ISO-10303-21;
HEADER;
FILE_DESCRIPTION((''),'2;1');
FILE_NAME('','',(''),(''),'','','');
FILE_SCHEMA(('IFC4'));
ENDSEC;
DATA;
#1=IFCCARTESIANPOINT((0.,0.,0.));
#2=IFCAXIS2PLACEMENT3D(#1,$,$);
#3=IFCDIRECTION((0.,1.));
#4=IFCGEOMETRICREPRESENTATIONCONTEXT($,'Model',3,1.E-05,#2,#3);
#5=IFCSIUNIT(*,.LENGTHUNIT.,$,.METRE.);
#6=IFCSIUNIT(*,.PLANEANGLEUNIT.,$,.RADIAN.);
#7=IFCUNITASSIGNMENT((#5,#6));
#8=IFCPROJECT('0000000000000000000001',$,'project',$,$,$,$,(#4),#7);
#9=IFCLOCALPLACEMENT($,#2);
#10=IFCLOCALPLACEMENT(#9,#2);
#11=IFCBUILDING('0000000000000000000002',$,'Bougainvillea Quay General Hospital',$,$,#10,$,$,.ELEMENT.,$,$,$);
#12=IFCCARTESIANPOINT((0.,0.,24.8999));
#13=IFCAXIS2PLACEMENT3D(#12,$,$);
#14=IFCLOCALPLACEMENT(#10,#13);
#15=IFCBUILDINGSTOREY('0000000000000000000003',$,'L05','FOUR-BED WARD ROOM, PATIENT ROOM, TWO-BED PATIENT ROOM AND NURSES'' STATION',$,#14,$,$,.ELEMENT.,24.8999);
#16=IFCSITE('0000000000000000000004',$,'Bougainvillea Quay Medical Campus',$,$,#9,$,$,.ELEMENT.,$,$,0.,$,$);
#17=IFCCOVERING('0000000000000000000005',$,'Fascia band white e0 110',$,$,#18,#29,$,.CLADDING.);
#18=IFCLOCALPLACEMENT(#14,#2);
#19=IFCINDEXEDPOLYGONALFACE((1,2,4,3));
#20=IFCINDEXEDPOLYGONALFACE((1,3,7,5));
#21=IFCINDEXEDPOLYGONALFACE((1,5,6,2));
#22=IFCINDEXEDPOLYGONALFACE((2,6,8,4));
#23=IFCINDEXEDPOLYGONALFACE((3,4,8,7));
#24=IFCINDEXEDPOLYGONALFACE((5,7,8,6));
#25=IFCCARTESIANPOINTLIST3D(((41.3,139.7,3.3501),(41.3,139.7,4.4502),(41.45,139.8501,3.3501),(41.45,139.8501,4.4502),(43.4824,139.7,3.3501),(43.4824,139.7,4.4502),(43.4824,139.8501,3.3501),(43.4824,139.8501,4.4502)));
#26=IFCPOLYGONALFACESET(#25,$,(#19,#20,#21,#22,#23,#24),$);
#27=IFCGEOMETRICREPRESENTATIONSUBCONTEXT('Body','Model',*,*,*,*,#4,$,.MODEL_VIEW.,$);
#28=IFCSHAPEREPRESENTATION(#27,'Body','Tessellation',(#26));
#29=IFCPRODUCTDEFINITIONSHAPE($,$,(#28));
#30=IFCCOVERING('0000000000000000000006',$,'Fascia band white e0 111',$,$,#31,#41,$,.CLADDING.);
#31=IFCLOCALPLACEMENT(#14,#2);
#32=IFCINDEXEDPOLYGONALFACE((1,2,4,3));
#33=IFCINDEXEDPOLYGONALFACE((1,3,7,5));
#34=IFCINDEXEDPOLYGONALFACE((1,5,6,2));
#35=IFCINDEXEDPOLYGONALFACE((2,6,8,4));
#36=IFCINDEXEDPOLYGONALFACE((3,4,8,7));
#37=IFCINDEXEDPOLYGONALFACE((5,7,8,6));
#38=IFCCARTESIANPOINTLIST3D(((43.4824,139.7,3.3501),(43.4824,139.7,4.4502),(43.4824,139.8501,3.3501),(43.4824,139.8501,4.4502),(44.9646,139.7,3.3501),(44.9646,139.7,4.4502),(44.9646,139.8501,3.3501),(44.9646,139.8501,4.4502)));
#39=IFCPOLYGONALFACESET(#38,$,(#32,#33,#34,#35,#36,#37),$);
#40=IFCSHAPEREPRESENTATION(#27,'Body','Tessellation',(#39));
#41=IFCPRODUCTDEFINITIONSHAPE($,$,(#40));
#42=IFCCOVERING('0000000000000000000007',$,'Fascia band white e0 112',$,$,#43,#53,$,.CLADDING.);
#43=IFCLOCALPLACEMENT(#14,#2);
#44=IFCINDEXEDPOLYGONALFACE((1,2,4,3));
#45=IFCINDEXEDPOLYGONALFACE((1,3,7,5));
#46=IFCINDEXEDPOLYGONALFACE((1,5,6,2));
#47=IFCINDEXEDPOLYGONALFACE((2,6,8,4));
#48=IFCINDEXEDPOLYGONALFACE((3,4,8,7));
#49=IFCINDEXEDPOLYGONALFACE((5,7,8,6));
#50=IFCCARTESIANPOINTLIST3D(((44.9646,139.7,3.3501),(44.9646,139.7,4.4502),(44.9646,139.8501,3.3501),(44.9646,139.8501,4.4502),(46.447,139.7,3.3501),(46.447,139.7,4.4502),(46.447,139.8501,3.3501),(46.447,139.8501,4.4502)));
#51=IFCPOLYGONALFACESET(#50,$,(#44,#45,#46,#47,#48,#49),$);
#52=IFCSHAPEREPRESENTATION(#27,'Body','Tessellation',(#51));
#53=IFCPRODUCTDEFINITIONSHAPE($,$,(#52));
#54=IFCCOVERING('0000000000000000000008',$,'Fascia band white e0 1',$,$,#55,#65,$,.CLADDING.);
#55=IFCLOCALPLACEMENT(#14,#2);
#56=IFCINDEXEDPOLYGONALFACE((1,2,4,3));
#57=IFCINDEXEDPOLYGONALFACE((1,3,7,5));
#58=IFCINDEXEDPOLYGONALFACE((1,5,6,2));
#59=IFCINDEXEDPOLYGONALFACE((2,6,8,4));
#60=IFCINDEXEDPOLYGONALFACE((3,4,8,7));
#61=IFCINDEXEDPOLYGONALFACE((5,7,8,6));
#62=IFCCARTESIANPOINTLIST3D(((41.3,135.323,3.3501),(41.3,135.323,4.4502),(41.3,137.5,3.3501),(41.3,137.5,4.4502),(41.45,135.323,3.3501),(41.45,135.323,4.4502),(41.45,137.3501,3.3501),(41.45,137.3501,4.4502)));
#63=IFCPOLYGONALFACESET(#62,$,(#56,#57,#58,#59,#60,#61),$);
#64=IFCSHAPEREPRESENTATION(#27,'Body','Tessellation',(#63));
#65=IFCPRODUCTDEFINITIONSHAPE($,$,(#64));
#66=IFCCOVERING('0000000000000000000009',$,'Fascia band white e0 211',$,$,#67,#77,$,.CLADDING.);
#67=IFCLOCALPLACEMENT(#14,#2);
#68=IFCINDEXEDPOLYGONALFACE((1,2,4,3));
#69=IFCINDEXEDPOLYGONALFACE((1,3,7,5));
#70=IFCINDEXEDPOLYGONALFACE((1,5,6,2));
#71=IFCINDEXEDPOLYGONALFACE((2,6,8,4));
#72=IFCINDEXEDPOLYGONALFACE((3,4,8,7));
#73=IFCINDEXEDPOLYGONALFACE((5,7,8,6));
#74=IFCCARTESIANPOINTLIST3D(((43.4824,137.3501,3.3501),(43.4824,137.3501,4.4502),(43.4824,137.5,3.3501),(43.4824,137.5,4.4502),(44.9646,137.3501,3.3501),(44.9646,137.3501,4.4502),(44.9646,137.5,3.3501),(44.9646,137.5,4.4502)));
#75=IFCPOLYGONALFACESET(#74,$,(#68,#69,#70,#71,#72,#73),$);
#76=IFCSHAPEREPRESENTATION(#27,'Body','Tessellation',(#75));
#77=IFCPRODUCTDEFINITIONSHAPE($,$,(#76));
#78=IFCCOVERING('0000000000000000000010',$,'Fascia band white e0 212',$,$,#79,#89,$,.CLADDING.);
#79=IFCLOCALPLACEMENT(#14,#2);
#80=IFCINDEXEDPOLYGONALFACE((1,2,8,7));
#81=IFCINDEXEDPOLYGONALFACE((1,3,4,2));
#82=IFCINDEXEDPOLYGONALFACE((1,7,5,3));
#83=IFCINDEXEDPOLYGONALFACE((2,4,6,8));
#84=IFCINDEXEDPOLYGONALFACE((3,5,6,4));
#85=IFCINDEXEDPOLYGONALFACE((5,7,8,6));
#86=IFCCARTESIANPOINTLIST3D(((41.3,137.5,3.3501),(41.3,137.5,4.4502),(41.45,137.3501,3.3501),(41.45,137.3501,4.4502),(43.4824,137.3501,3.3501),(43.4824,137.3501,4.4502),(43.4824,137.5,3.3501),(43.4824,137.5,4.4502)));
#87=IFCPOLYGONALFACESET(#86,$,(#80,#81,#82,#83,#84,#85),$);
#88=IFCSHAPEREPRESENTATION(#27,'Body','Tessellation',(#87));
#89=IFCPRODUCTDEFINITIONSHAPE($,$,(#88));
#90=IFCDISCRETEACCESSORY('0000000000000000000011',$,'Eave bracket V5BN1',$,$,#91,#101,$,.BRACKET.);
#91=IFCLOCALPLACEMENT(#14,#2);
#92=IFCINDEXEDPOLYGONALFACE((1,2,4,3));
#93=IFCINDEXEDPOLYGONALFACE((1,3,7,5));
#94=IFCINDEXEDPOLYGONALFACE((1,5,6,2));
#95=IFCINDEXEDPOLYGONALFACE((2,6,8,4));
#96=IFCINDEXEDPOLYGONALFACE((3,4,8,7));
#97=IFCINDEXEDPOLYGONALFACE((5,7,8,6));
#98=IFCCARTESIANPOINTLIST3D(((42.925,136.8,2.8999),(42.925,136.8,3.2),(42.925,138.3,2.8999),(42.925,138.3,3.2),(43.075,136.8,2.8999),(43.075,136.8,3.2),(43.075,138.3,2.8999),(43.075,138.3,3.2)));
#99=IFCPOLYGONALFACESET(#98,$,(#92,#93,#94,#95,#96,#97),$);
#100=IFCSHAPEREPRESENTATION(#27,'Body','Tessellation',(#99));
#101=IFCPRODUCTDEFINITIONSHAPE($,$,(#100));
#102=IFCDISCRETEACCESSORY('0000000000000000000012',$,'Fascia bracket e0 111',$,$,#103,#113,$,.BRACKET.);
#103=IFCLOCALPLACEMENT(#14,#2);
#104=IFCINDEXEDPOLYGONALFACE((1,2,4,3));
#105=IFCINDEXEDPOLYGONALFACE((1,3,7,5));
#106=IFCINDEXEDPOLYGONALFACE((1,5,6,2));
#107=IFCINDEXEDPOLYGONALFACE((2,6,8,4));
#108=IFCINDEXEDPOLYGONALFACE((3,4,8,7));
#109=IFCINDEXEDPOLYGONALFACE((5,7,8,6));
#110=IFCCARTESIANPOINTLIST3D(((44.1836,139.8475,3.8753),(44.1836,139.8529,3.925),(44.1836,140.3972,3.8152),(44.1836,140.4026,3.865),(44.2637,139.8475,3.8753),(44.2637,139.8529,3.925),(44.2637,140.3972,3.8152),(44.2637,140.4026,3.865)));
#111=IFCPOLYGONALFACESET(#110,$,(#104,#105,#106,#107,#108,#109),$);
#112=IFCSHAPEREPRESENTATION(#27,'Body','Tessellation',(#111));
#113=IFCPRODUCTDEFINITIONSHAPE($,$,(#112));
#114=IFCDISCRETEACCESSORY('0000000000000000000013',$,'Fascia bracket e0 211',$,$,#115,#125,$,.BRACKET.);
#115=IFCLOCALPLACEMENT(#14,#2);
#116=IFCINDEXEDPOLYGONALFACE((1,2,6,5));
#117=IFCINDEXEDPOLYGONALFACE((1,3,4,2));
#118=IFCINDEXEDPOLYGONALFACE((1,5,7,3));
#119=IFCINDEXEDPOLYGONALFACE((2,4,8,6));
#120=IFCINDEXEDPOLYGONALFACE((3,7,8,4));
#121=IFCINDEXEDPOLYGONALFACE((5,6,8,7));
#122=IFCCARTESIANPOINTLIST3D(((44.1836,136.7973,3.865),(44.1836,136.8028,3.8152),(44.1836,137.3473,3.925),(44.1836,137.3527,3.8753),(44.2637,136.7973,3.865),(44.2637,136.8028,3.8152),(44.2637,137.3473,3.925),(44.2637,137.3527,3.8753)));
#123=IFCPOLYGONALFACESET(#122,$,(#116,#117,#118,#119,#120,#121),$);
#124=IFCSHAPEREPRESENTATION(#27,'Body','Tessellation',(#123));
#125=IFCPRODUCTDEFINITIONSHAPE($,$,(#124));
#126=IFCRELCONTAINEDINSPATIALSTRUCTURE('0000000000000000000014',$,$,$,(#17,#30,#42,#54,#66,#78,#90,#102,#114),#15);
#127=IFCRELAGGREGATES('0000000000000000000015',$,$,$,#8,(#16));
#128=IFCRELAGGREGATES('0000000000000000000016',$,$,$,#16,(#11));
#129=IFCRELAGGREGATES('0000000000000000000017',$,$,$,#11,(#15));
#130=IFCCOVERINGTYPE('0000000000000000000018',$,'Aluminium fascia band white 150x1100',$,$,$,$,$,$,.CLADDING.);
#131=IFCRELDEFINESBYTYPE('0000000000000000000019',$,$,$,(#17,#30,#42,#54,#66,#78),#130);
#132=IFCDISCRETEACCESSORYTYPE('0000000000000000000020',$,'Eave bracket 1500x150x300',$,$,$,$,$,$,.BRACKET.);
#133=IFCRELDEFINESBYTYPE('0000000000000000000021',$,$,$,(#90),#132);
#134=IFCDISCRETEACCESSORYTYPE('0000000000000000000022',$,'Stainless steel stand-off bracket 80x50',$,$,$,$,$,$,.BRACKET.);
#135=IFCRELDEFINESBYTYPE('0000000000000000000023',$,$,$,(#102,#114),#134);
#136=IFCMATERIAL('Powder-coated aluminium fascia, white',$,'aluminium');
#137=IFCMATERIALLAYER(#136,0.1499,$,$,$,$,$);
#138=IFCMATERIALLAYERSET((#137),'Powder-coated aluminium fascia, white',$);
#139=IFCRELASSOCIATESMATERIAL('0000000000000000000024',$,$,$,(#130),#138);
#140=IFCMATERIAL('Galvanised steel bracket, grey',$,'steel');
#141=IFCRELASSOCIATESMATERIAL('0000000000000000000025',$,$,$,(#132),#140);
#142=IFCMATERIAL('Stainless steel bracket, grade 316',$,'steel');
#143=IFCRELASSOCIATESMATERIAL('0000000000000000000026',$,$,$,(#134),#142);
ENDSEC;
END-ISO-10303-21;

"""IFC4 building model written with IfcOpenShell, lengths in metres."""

from ifc_helpers import new_model, si_unit, direction, frame, origin, origin_2d, place, context, subcontext, project, spatial, polyline, rectangle, outline, extrude, material, layer, layer_set, material_profile, profile_set, type_object, element, save


model = new_model("IFC4")

# Units and contexts
model_context = context("Model", 3, precision=1e-05, world=origin(), true_north=direction((0.0, 1.0)))
body_context = subcontext(model_context, "Body", "Model", "MODEL_VIEW")
ifc_project = project(units=[si_unit("LENGTHUNIT", "METRE"), si_unit("PLANEANGLEUNIT", "RADIAN")], contexts=[model_context])

# Site, building, storey
site_placement = place(None, origin())
site = spatial("IfcSite", under=ifc_project, at=site_placement, Name="Bougainvillea Quay Medical Campus", CompositionType="ELEMENT", RefElevation=0.0)
building_placement = place(site_placement, origin())
building = spatial("IfcBuilding", under=site, at=building_placement, Name="Bougainvillea Quay General Hospital", CompositionType="ELEMENT")
storey_placement = place(building_placement, frame((0.0, 0.0, 24.8999)))
storey = spatial("IfcBuildingStorey", under=building, at=storey_placement, Name="L05", Description="FOUR-BED WARD ROOM, PATIENT ROOM, TWO-BED PATIENT ROOM AND NURSES' STATION", CompositionType="ELEMENT", Elevation=24.8999)

# Coverings
ifc_material_1 = material(Name="Powder-coated aluminium fascia, white", Category="aluminium")
ifc_layer_1 = layer(ifc_material_1, 0.1499)
ifc_layer_set_1 = layer_set([ifc_layer_1], Name="Powder-coated aluminium fascia, white")
covering_type = type_object("IfcCoveringType", Name="Aluminium fascia band white 150x1100", PredefinedType="CLADDING", material=ifc_layer_set_1)
covering_1_placement = place(storey_placement, frame((41.45, 139.8501, 3.3501), z_axis=(0.0, 0.0, 1.0), x_axis=(1.0, 0.0, 0.0)))
element("IfcCovering", 1, at=covering_1_placement, inside=storey, type_object=covering_type, Name="Fascia band white e0 110", PredefinedType="CLADDING", context=body_context, shape_type="SweptSolid", body=[
    extrude(outline(polyline([(0.0, 0.0), (2.0325, 0.0), (2.0325, -0.1501), (-0.1499, -0.1501), (0.0, 0.0)])), origin(), (0.0, 0.0, 1.0), 1.1001),
])
covering_2_placement = place(storey_placement, frame((43.4824, 139.8501, 3.3501), z_axis=(0.0, 0.0, 1.0), x_axis=(1.0, 0.0, 0.0)))
element("IfcCovering", 2, at=covering_2_placement, inside=storey, type_object=covering_type, Name="Fascia band white e0 111", PredefinedType="CLADDING", context=body_context, shape_type="SweptSolid", body=[
    extrude(outline(polyline([(0.0, 0.0), (1.4822, 0.0), (1.4822, -0.1501), (0.0, -0.1501), (0.0, 0.0)])), origin(), (0.0, 0.0, 1.0), 1.1001),
])
covering_3_placement = place(storey_placement, frame((44.9646, 139.8501, 3.3501), z_axis=(0.0, 0.0, 1.0), x_axis=(1.0, 0.0, 0.0)))
element("IfcCovering", 3, at=covering_3_placement, inside=storey, type_object=covering_type, Name="Fascia band white e0 112", PredefinedType="CLADDING", context=body_context, shape_type="SweptSolid", body=[
    extrude(outline(polyline([(0.0, 0.0), (1.4824, 0.0), (1.4824, -0.1501), (0.0, -0.1501), (0.0, 0.0)])), origin(), (0.0, 0.0, 1.0), 1.1001),
])
covering_4_placement = place(storey_placement, frame((41.45, 137.3501, 3.3501), z_axis=(0.0, 0.0, 1.0), x_axis=(0.0, -1.0, 0.0)))
element("IfcCovering", 4, at=covering_4_placement, inside=storey, type_object=covering_type, Name="Fascia band white e0 1", PredefinedType="CLADDING", context=body_context, shape_type="SweptSolid", body=[
    extrude(outline(polyline([(0.0, 0.0), (2.0271, 0.0), (2.0271, -0.1499), (-0.1499, -0.1499), (0.0, 0.0)])), origin(), (0.0, 0.0, 1.0), 1.1001),
])
covering_5_placement = place(storey_placement, frame((44.9646, 137.3501, 3.3501), z_axis=(0.0, 0.0, 1.0), x_axis=(-1.0, 0.0, 0.0)))
element("IfcCovering", 5, at=covering_5_placement, inside=storey, type_object=covering_type, Name="Fascia band white e0 211", PredefinedType="CLADDING", context=body_context, shape_type="SweptSolid", body=[
    extrude(outline(polyline([(0.0, 0.0), (1.4822, 0.0), (1.4822, -0.1499), (0.0, -0.1499), (0.0, 0.0)])), origin(), (0.0, 0.0, 1.0), 1.1001),
])
covering_6_placement = place(storey_placement, frame((43.4824, 137.3501, 3.3501), z_axis=(0.0, 0.0, 1.0), x_axis=(-1.0, 0.0, 0.0)))
element("IfcCovering", 6, at=covering_6_placement, inside=storey, type_object=covering_type, Name="Fascia band white e0 212", PredefinedType="CLADDING", context=body_context, shape_type="SweptSolid", body=[
    extrude(outline(polyline([(0.0, 0.0), (2.0325, 0.0), (2.1824, -0.1499), (0.0, -0.1499), (0.0, 0.0)])), origin(), (0.0, 0.0, 1.0), 1.1001),
])

# Discrete accessories
ifc_material_2 = material(Name="Galvanised steel bracket, grey", Category="steel")
discrete_accessory_type_1 = type_object("IfcDiscreteAccessoryType", Name="Eave bracket 1500x150x300", PredefinedType="BRACKET", material=ifc_material_2)
discrete_accessory_1_placement = place(storey_placement, frame((43.0, 137.55, 2.8999), z_axis=(0.0, 0.0, 1.0), x_axis=(1.0, 0.0, 0.0)))
element("IfcDiscreteAccessory", 7, at=discrete_accessory_1_placement, inside=storey, type_object=discrete_accessory_type_1, Name="Eave bracket V5BN1", PredefinedType="BRACKET", context=body_context, shape_type="SweptSolid", body=[
    extrude(rectangle(XDim=0.1499, YDim=1.5, at=origin_2d()), origin(), (0.0, 0.0, 1.0), 0.3),
])
ifc_material_3 = material(Name="Stainless steel bracket, grade 316", Category="steel")
ifc_material_profile_1 = material_profile(ifc_material_3, rectangle(XDim=0.0801, YDim=0.05, at=origin_2d()))
ifc_profile_set_1 = profile_set([ifc_material_profile_1], Name="Stainless steel bracket, grade 316")
discrete_accessory_type_2 = type_object("IfcDiscreteAccessoryType", Name="Stainless steel stand-off bracket 80x50", PredefinedType="BRACKET", material=ifc_profile_set_1)
discrete_accessory_2_placement = place(storey_placement, frame((44.2236, 140.3999, 3.8401), z_axis=(0.0, -0.994087, 0.10859), x_axis=(1.0, 0.0, 0.0)))
element("IfcDiscreteAccessory", 8, at=discrete_accessory_2_placement, inside=storey, type_object=discrete_accessory_type_2, Name="Fascia bracket e0 111", PredefinedType="BRACKET", context=body_context, shape_type="SweptSolid", body=[
    extrude(rectangle(XDim=0.0801, YDim=0.05, at=origin_2d()), origin(), (0.0, 0.0, 1.0), 0.553),
])
discrete_accessory_3_placement = place(storey_placement, frame((44.2236, 136.8, 3.8401), z_axis=(0.0, 0.994092, 0.108543), x_axis=(-1.0, 0.0, 0.0)))
element("IfcDiscreteAccessory", 9, at=discrete_accessory_3_placement, inside=storey, type_object=discrete_accessory_type_2, Name="Fascia bracket e0 211", PredefinedType="BRACKET", context=body_context, shape_type="SweptSolid", body=[
    extrude(rectangle(XDim=0.0801, YDim=0.05, at=origin_2d()), origin(), (0.0, 0.0, 1.0), 0.5532),
])

save(model, "model.ifc")
